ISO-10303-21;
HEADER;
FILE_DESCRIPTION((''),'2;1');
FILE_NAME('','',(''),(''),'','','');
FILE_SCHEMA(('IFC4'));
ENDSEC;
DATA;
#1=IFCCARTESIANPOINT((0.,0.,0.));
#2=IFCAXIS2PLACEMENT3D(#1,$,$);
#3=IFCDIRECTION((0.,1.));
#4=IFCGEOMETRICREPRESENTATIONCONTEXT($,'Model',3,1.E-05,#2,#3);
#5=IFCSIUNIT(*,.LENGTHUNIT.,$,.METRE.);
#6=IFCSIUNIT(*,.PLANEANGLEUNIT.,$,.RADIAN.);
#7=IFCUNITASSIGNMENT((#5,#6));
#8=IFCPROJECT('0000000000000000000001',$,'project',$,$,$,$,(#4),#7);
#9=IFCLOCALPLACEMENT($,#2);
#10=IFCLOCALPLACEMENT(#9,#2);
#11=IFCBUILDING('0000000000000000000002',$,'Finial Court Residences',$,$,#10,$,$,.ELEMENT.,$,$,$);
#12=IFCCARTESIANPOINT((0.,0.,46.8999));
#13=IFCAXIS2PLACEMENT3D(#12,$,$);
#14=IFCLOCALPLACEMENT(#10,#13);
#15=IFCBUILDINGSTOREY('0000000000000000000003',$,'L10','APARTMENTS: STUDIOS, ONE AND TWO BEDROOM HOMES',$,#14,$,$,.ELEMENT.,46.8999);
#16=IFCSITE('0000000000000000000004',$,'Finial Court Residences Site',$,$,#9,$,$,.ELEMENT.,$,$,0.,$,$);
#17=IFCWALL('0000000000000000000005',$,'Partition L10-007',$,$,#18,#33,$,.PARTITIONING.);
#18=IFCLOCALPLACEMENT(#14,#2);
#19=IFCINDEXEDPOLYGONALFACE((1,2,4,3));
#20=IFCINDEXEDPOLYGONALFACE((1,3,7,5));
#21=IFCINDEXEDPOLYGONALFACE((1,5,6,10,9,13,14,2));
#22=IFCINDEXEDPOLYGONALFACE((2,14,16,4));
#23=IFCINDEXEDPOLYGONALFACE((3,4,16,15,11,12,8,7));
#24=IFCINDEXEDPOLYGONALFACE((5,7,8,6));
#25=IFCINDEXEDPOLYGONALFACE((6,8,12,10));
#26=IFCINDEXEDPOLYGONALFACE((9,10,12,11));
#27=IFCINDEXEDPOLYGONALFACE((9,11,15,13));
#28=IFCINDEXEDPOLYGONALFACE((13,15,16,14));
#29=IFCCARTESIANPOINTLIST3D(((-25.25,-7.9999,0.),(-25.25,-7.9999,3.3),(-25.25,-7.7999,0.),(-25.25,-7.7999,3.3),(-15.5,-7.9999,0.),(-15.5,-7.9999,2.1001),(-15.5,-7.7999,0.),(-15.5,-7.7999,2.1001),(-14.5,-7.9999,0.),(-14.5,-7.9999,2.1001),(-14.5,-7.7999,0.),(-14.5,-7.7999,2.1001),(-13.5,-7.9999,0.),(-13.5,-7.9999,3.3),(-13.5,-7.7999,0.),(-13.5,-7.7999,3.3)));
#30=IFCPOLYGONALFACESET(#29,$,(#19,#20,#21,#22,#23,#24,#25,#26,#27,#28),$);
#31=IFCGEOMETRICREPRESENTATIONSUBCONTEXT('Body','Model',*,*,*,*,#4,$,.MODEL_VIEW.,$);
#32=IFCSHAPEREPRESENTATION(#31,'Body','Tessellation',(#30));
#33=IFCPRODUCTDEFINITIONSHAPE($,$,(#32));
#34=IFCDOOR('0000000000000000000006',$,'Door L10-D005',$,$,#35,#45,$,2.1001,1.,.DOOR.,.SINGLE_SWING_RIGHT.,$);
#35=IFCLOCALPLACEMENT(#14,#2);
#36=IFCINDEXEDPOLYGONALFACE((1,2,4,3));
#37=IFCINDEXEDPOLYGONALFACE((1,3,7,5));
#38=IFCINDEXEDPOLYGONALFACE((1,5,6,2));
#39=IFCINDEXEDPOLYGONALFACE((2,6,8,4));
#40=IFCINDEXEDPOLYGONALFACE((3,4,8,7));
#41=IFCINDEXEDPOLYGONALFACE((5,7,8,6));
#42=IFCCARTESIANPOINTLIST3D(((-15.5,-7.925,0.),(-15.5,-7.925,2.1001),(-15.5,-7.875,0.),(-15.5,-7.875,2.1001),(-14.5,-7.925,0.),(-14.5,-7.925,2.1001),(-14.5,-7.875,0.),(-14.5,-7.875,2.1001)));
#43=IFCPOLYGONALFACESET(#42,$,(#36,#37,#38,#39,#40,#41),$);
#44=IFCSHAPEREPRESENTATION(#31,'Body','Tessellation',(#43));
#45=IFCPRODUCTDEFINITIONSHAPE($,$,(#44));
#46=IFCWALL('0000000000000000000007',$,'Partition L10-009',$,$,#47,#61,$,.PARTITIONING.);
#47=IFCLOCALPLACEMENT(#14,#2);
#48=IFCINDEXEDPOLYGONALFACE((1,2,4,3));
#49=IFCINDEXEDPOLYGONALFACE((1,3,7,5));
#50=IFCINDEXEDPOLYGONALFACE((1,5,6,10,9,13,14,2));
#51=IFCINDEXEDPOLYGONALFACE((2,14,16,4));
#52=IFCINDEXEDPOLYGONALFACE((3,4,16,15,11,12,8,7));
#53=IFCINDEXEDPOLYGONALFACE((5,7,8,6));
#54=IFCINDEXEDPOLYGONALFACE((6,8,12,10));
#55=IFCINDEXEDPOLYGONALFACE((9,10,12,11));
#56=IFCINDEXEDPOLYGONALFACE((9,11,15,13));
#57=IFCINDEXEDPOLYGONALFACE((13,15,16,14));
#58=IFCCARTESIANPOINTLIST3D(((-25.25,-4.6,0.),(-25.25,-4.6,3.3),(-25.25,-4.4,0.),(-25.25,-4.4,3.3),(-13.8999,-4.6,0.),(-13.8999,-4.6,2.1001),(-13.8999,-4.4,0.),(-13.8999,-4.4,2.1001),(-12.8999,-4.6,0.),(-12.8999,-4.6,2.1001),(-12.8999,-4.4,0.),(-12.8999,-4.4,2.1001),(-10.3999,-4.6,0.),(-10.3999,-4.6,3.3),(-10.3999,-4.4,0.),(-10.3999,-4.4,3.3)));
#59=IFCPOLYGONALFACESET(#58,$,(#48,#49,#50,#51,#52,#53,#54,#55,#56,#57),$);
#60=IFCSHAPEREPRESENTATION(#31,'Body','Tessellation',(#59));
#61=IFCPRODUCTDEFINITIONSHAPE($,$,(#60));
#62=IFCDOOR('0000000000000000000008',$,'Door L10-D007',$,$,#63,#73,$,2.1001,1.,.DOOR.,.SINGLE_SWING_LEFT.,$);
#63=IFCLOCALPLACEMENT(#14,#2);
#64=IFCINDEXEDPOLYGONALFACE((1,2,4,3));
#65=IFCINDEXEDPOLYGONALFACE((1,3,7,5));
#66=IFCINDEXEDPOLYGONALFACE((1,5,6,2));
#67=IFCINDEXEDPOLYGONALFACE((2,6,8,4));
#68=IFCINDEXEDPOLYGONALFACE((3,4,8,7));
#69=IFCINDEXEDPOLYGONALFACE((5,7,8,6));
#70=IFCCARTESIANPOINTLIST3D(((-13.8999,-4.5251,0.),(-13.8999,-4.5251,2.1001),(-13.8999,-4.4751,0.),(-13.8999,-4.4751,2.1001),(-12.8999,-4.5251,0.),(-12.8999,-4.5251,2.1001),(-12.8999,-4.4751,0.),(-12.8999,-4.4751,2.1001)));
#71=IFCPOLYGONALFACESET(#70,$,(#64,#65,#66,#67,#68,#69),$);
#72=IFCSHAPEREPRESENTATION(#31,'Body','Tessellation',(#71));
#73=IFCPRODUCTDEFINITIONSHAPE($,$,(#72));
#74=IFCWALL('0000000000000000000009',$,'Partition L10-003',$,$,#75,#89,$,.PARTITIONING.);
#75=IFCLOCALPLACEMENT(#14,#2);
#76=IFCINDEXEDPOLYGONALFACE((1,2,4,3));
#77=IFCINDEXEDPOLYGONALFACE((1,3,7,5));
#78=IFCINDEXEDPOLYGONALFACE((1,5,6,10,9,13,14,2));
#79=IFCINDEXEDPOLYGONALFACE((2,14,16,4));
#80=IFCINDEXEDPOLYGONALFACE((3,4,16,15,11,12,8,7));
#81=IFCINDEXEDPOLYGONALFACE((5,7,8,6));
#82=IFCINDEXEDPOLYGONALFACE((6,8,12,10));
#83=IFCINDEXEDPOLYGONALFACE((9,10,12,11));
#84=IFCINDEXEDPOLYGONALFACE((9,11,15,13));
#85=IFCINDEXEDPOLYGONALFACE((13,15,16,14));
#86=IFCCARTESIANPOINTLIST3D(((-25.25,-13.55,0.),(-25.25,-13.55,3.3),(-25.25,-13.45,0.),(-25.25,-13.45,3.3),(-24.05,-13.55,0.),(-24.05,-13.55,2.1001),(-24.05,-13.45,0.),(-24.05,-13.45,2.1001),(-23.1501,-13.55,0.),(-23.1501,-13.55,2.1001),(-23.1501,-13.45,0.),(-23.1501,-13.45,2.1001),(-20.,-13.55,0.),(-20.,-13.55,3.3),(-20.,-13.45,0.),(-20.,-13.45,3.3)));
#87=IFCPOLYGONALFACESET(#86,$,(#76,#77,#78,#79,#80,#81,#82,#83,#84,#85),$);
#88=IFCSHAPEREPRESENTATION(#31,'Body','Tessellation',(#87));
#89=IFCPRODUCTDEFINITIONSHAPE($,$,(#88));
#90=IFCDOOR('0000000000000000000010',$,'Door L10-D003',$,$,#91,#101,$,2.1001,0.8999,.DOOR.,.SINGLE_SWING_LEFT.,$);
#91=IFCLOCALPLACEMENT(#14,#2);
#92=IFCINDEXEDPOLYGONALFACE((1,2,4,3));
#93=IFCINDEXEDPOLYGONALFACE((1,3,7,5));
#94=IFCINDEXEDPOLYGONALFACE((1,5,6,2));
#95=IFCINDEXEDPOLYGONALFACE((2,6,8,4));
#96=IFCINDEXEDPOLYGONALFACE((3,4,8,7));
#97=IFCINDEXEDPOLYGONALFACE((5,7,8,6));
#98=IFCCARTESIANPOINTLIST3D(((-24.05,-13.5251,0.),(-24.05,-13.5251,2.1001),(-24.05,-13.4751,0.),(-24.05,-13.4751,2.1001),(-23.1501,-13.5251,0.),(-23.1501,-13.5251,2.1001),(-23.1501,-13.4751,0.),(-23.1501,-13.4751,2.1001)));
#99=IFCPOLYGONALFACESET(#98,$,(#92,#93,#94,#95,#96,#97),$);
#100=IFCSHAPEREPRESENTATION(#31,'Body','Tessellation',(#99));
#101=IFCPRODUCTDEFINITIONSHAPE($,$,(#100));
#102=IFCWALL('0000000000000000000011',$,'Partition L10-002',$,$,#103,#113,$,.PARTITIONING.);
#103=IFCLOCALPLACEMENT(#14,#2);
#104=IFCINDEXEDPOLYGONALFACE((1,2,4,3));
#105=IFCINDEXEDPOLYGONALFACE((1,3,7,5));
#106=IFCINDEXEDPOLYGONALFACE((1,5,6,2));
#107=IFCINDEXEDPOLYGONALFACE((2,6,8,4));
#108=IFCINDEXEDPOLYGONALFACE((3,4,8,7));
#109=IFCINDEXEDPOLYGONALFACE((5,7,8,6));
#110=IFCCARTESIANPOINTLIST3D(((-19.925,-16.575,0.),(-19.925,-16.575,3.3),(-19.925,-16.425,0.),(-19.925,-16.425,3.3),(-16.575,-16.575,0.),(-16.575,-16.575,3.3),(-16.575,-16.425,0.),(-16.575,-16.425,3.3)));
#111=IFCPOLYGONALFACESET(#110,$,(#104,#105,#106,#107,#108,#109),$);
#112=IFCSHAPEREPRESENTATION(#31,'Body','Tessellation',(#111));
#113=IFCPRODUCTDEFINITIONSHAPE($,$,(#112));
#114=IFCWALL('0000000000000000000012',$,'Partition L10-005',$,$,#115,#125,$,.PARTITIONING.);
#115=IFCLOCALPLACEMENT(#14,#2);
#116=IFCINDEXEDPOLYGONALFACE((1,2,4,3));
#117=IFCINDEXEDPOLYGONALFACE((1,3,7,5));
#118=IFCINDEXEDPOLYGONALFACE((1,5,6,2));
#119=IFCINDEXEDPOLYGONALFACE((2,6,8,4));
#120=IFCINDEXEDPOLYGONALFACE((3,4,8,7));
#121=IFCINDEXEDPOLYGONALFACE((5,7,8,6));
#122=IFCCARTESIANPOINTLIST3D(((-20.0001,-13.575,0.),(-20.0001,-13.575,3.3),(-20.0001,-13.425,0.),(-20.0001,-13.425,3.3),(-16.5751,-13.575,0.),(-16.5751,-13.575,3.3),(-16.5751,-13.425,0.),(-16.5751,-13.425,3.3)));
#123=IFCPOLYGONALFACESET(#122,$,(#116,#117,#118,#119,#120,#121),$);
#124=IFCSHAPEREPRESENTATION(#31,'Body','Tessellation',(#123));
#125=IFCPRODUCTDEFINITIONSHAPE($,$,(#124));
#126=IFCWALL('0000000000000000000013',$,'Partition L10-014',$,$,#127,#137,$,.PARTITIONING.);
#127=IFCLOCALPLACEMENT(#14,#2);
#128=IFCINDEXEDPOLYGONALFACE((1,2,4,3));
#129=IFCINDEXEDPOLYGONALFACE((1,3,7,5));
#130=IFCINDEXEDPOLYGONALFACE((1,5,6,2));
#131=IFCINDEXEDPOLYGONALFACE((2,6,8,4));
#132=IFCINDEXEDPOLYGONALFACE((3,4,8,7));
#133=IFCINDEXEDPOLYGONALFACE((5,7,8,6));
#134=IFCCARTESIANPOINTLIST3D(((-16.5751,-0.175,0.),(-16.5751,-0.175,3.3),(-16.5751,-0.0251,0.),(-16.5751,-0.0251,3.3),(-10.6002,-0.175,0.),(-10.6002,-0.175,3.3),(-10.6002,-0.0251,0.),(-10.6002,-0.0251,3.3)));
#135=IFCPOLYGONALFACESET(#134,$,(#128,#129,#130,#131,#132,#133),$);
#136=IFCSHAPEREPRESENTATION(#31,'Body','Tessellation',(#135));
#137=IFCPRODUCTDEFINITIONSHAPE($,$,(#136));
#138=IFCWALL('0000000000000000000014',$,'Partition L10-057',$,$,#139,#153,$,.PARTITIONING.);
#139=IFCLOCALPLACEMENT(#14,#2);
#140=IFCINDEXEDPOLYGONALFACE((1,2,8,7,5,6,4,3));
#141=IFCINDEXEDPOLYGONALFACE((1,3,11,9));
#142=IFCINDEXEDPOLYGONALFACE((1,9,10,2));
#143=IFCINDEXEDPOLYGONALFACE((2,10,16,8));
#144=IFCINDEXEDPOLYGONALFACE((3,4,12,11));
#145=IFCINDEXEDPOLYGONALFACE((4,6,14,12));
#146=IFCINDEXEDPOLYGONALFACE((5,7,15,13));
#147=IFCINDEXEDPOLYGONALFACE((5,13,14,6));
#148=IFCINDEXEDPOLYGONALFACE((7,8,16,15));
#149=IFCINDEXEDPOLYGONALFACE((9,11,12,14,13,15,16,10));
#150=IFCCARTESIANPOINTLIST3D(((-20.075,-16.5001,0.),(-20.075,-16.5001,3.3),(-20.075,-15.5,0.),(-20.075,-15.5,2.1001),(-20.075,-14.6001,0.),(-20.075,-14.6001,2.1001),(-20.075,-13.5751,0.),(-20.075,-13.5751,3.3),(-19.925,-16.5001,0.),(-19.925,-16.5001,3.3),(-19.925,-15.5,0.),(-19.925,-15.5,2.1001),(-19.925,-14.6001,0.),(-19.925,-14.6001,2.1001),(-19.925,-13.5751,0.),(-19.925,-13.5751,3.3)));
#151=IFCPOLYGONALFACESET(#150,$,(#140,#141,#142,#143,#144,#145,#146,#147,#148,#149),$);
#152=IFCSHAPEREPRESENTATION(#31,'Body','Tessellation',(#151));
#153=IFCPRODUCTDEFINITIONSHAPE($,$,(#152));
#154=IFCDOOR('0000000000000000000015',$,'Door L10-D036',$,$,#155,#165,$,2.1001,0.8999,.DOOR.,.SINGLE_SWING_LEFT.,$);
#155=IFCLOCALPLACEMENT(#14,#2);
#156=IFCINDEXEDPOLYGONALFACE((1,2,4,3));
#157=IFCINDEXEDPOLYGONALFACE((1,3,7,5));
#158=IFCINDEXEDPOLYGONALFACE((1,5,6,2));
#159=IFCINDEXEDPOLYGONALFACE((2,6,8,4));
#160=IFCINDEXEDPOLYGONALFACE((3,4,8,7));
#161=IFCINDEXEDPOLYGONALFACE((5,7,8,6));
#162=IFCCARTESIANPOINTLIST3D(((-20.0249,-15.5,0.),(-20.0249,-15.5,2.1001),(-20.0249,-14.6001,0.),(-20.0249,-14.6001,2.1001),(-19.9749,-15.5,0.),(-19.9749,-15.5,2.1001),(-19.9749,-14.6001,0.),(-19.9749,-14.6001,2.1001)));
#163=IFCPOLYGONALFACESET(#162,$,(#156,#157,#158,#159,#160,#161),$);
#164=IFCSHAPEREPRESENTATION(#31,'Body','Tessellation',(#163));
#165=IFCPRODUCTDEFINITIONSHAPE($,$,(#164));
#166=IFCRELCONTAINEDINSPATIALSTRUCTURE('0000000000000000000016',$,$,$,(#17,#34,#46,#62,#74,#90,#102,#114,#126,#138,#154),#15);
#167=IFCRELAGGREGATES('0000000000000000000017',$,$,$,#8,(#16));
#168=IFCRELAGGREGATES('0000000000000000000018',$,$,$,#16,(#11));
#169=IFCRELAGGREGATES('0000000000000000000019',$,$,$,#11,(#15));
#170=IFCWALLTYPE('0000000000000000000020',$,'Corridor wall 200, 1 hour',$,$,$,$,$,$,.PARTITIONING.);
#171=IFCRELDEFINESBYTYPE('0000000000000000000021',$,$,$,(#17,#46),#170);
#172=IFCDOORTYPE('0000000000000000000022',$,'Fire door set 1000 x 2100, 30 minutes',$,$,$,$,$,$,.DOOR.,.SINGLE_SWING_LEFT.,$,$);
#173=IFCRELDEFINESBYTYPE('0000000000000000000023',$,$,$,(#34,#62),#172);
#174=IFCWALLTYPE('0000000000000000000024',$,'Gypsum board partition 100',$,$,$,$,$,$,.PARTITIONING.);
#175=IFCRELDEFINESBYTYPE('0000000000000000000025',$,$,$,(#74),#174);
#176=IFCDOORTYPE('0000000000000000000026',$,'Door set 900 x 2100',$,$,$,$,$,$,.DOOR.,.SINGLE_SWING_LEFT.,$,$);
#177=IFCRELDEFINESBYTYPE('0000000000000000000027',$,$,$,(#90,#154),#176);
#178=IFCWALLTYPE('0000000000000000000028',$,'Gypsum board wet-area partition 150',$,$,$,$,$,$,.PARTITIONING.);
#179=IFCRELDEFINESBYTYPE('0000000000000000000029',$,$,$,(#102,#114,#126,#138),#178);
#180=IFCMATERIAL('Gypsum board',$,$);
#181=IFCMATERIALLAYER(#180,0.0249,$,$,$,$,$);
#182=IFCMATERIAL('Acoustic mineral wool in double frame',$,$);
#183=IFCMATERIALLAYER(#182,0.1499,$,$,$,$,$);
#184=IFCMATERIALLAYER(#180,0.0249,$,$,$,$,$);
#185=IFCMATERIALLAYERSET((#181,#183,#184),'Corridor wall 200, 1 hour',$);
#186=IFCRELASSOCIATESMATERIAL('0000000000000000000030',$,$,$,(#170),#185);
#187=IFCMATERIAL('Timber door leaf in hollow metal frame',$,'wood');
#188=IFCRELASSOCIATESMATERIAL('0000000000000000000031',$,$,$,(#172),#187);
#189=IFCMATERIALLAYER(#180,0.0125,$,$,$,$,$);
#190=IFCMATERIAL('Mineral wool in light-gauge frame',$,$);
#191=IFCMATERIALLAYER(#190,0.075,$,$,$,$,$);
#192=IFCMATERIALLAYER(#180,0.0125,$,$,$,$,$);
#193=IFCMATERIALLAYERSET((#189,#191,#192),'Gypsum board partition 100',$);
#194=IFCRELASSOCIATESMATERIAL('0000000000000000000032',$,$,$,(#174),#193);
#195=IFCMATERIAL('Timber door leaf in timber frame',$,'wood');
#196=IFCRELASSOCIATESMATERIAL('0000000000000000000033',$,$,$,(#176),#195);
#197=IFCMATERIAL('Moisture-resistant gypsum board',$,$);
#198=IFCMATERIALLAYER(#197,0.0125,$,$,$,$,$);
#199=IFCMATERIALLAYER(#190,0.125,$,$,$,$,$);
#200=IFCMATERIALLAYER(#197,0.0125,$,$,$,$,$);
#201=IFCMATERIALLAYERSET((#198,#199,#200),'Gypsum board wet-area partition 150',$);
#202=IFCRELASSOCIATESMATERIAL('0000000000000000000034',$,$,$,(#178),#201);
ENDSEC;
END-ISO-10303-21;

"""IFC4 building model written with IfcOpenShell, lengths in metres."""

from ifc_helpers import new_model, si_unit, direction, frame, frame_2d, origin, place, context, subcontext, project, spatial, rectangle, extrude, material, layer, layer_set, type_object, element, fill, save


model = new_model("IFC4")

# Units and contexts
model_context = context("Model", 3, precision=1e-05, world=origin(), true_north=direction((0.0, 1.0)))
body_context = subcontext(model_context, "Body", "Model", "MODEL_VIEW")
ifc_project = project(units=[si_unit("LENGTHUNIT", "METRE"), si_unit("PLANEANGLEUNIT", "RADIAN")], contexts=[model_context])

# Site, building, storey
site_placement = place(None, origin())
site = spatial("IfcSite", under=ifc_project, at=site_placement, Name="Finial Court Residences Site", CompositionType="ELEMENT", RefElevation=0.0)
building_placement = place(site_placement, origin())
building = spatial("IfcBuilding", under=site, at=building_placement, Name="Finial Court Residences", CompositionType="ELEMENT")
storey_placement = place(building_placement, frame((0.0, 0.0, 46.8999)))
storey = spatial("IfcBuildingStorey", under=building, at=storey_placement, Name="L10", Description="APARTMENTS: STUDIOS, ONE AND TWO BEDROOM HOMES", CompositionType="ELEMENT", Elevation=46.8999)

# Shared definitions
ifc_material_1 = material(Name="Gypsum board")
ifc_material_2 = material(Name="Acoustic mineral wool in double frame")

# Walls, openings, doors
ifc_layer_1 = layer(ifc_material_1, 0.0249)
ifc_layer_2 = layer(ifc_material_2, 0.1499)
ifc_layer_3 = layer(ifc_material_1, 0.0249)
ifc_layer_set_1 = layer_set([ifc_layer_1, ifc_layer_2, ifc_layer_3], Name="Corridor wall 200, 1 hour")
wall_type_1 = type_object("IfcWallType", Name="Corridor wall 200, 1 hour", PredefinedType="PARTITIONING", material=ifc_layer_set_1)
wall_1_placement = place(storey_placement, frame((-25.25, -7.8999, 0.0), z_axis=(0.0, 0.0, 1.0), x_axis=(1.0, 0.0, 0.0)))
wall_1 = element("IfcWall", 1, at=wall_1_placement, inside=storey, type_object=wall_type_1, Name="Partition L10-007", PredefinedType="PARTITIONING", context=body_context, shape_type="SweptSolid", body=[
    extrude(rectangle(XDim=11.75, YDim=0.2, at=frame_2d((5.875, 0.0))), origin(), (0.0, 0.0, 1.0), 3.3),
])
opening_1_placement = place(wall_1_placement, frame((9.75, 0.0, 0.0)))
opening_1 = element("IfcOpeningElement", 2, at=opening_1_placement, cuts=wall_1, PredefinedType="OPENING", context=body_context, shape_type="SweptSolid", body=[
    extrude(rectangle(XDim=1.0, YDim=2.1001, at=frame_2d((0.5, 1.05))), frame((0.0, 0.1099, 0.0), z_axis=(0.0, -1.0, 0.0), x_axis=(1.0, 0.0, 0.0)), (0.0, 0.0, 1.0), 0.22),
])
ifc_material_3 = material(Name="Timber door leaf in hollow metal frame", Category="wood")
door_type_1 = type_object("IfcDoorType", Name="Fire door set 1000 x 2100, 30 minutes", OperationType="SINGLE_SWING_LEFT", PredefinedType="DOOR", material=ifc_material_3)
door_1_placement = place(opening_1_placement, origin())
door_1 = element("IfcDoor", 3, at=door_1_placement, inside=storey, type_object=door_type_1, Name="Door L10-D005", OperationType="SINGLE_SWING_RIGHT", OverallHeight=2.1001, OverallWidth=1.0, PredefinedType="DOOR", context=body_context, shape_type="SweptSolid", body=[
    extrude(rectangle(XDim=1.0, YDim=2.1001, at=frame_2d((0.5, 1.05))), frame((0.0, 0.0249, 0.0), z_axis=(0.0, -1.0, 0.0), x_axis=(1.0, 0.0, 0.0)), (0.0, 0.0, 1.0), 0.05),
])
fill(opening_1, door_1)
wall_2_placement = place(storey_placement, frame((-25.25, -4.5, 0.0), z_axis=(0.0, 0.0, 1.0), x_axis=(1.0, 0.0, 0.0)))
wall_2 = element("IfcWall", 4, at=wall_2_placement, inside=storey, type_object=wall_type_1, Name="Partition L10-009", PredefinedType="PARTITIONING", context=body_context, shape_type="SweptSolid", body=[
    extrude(rectangle(XDim=14.8501, YDim=0.2, at=frame_2d((7.425, 0.0))), origin(), (0.0, 0.0, 1.0), 3.3),
])
opening_2_placement = place(wall_2_placement, frame((11.3501, 0.0, 0.0)))
opening_2 = element("IfcOpeningElement", 5, at=opening_2_placement, cuts=wall_2, PredefinedType="OPENING", context=body_context, shape_type="SweptSolid", body=[
    extrude(rectangle(XDim=1.0, YDim=2.1001, at=frame_2d((0.5, 1.05))), frame((0.0, 0.1099, 0.0), z_axis=(0.0, -1.0, 0.0), x_axis=(1.0, 0.0, 0.0)), (0.0, 0.0, 1.0), 0.22),
])
door_2_placement = place(opening_2_placement, origin())
door_2 = element("IfcDoor", 6, at=door_2_placement, inside=storey, type_object=door_type_1, Name="Door L10-D007", OperationType="SINGLE_SWING_LEFT", OverallHeight=2.1001, OverallWidth=1.0, PredefinedType="DOOR", context=body_context, shape_type="SweptSolid", body=[
    extrude(rectangle(XDim=1.0, YDim=2.1001, at=frame_2d((0.5, 1.05))), frame((0.0, 0.0249, 0.0), z_axis=(0.0, -1.0, 0.0), x_axis=(1.0, 0.0, 0.0)), (0.0, 0.0, 1.0), 0.05),
])
fill(opening_2, door_2)
ifc_layer_4 = layer(ifc_material_1, 0.0125)
ifc_material_4 = material(Name="Mineral wool in light-gauge frame")
ifc_layer_5 = layer(ifc_material_4, 0.075)
ifc_layer_6 = layer(ifc_material_1, 0.0125)
ifc_layer_set_2 = layer_set([ifc_layer_4, ifc_layer_5, ifc_layer_6], Name="Gypsum board partition 100")
wall_type_2 = type_object("IfcWallType", Name="Gypsum board partition 100", PredefinedType="PARTITIONING", material=ifc_layer_set_2)
wall_3_placement = place(storey_placement, frame((-25.25, -13.5, 0.0), z_axis=(0.0, 0.0, 1.0), x_axis=(1.0, 0.0, 0.0)))
wall_3 = element("IfcWall", 7, at=wall_3_placement, inside=storey, type_object=wall_type_2, Name="Partition L10-003", PredefinedType="PARTITIONING", context=body_context, shape_type="SweptSolid", body=[
    extrude(rectangle(XDim=5.25, YDim=0.1001, at=frame_2d((2.625, 0.0))), origin(), (0.0, 0.0, 1.0), 3.3),
])
opening_3_placement = place(wall_3_placement, frame((1.2, 0.0, 0.0)))
opening_3 = element("IfcOpeningElement", 8, at=opening_3_placement, cuts=wall_3, PredefinedType="OPENING", context=body_context, shape_type="SweptSolid", body=[
    extrude(rectangle(XDim=0.8999, YDim=2.1001, at=frame_2d((0.45, 1.05))), frame((0.0, 0.0601, 0.0), z_axis=(0.0, -1.0, 0.0), x_axis=(1.0, 0.0, 0.0)), (0.0, 0.0, 1.0), 0.1201),
])
ifc_material_5 = material(Name="Timber door leaf in timber frame", Category="wood")
door_type_2 = type_object("IfcDoorType", Name="Door set 900 x 2100", OperationType="SINGLE_SWING_LEFT", PredefinedType="DOOR", material=ifc_material_5)
door_3_placement = place(opening_3_placement, origin())
door_3 = element("IfcDoor", 9, at=door_3_placement, inside=storey, type_object=door_type_2, Name="Door L10-D003", OperationType="SINGLE_SWING_LEFT", OverallHeight=2.1001, OverallWidth=0.8999, PredefinedType="DOOR", context=body_context, shape_type="SweptSolid", body=[
    extrude(rectangle(XDim=0.8999, YDim=2.1001, at=frame_2d((0.45, 1.05))), frame((0.0, 0.0249, 0.0), z_axis=(0.0, -1.0, 0.0), x_axis=(1.0, 0.0, 0.0)), (0.0, 0.0, 1.0), 0.05),
])
fill(opening_3, door_3)

# Walls
ifc_material_6 = material(Name="Moisture-resistant gypsum board")
ifc_layer_7 = layer(ifc_material_6, 0.0125)
ifc_layer_8 = layer(ifc_material_4, 0.125)
ifc_layer_9 = layer(ifc_material_6, 0.0125)
ifc_layer_set_3 = layer_set([ifc_layer_7, ifc_layer_8, ifc_layer_9], Name="Gypsum board wet-area partition 150")
wall_type_3 = type_object("IfcWallType", Name="Gypsum board wet-area partition 150", PredefinedType="PARTITIONING", material=ifc_layer_set_3)
wall_4_placement = place(storey_placement, frame((-19.925, -16.5, 0.0), z_axis=(0.0, 0.0, 1.0), x_axis=(1.0, 0.0, 0.0)))
element("IfcWall", 10, at=wall_4_placement, inside=storey, type_object=wall_type_3, Name="Partition L10-002", PredefinedType="PARTITIONING", context=body_context, shape_type="SweptSolid", body=[
    extrude(rectangle(XDim=3.3501, YDim=0.1499, at=frame_2d((1.675, 0.0))), origin(), (0.0, 0.0, 1.0), 3.3),
])
wall_5_placement = place(storey_placement, frame((-20.0, -13.5, 0.0), z_axis=(0.0, 0.0, 1.0), x_axis=(1.0, 0.0, 0.0)))
element("IfcWall", 11, at=wall_5_placement, inside=storey, type_object=wall_type_3, Name="Partition L10-005", PredefinedType="PARTITIONING", context=body_context, shape_type="SweptSolid", body=[
    extrude(rectangle(XDim=3.425, YDim=0.1499, at=frame_2d((1.7124, 0.0))), origin(), (0.0, 0.0, 1.0), 3.3),
])
wall_6_placement = place(storey_placement, frame((-16.575, -0.1001, 0.0), z_axis=(0.0, 0.0, 1.0), x_axis=(1.0, 0.0, 0.0)))
element("IfcWall", 12, at=wall_6_placement, inside=storey, type_object=wall_type_3, Name="Partition L10-014", PredefinedType="PARTITIONING", context=body_context, shape_type="SweptSolid", body=[
    extrude(rectangle(XDim=5.9749, YDim=0.1499, at=frame_2d((2.9873, 0.0))), origin(), (0.0, 0.0, 1.0), 3.3),
])

# Wall, opening, door
wall_7_placement = place(storey_placement, frame((-20.0, -16.5, 0.0), z_axis=(0.0, 0.0, 1.0), x_axis=(0.0, 1.0, 0.0)))
wall_7 = element("IfcWall", 13, at=wall_7_placement, inside=storey, type_object=wall_type_3, Name="Partition L10-057", PredefinedType="PARTITIONING", context=body_context, shape_type="SweptSolid", body=[
    extrude(rectangle(XDim=2.925, YDim=0.1499, at=frame_2d((1.4624, 0.0))), origin(), (0.0, 0.0, 1.0), 3.3),
])
opening_4_placement = place(wall_7_placement, frame((1.0, 0.0, 0.0)))
opening_4 = element("IfcOpeningElement", 14, at=opening_4_placement, cuts=wall_7, PredefinedType="OPENING", context=body_context, shape_type="SweptSolid", body=[
    extrude(rectangle(XDim=0.8999, YDim=2.1001, at=frame_2d((0.45, 1.05))), frame((0.0, 0.085, 0.0), z_axis=(0.0, -1.0, 0.0), x_axis=(1.0, 0.0, 0.0)), (0.0, 0.0, 1.0), 0.1699),
])
door_4_placement = place(opening_4_placement, origin())
door_4 = element("IfcDoor", 15, at=door_4_placement, inside=storey, type_object=door_type_2, Name="Door L10-D036", OperationType="SINGLE_SWING_LEFT", OverallHeight=2.1001, OverallWidth=0.8999, PredefinedType="DOOR", context=body_context, shape_type="SweptSolid", body=[
    extrude(rectangle(XDim=0.8999, YDim=2.1001, at=frame_2d((0.45, 1.05))), frame((0.0, 0.0249, 0.0), z_axis=(0.0, -1.0, 0.0), x_axis=(1.0, 0.0, 0.0)), (0.0, 0.0, 1.0), 0.05),
])
fill(opening_4, door_4)

save(model, "model.ifc")
